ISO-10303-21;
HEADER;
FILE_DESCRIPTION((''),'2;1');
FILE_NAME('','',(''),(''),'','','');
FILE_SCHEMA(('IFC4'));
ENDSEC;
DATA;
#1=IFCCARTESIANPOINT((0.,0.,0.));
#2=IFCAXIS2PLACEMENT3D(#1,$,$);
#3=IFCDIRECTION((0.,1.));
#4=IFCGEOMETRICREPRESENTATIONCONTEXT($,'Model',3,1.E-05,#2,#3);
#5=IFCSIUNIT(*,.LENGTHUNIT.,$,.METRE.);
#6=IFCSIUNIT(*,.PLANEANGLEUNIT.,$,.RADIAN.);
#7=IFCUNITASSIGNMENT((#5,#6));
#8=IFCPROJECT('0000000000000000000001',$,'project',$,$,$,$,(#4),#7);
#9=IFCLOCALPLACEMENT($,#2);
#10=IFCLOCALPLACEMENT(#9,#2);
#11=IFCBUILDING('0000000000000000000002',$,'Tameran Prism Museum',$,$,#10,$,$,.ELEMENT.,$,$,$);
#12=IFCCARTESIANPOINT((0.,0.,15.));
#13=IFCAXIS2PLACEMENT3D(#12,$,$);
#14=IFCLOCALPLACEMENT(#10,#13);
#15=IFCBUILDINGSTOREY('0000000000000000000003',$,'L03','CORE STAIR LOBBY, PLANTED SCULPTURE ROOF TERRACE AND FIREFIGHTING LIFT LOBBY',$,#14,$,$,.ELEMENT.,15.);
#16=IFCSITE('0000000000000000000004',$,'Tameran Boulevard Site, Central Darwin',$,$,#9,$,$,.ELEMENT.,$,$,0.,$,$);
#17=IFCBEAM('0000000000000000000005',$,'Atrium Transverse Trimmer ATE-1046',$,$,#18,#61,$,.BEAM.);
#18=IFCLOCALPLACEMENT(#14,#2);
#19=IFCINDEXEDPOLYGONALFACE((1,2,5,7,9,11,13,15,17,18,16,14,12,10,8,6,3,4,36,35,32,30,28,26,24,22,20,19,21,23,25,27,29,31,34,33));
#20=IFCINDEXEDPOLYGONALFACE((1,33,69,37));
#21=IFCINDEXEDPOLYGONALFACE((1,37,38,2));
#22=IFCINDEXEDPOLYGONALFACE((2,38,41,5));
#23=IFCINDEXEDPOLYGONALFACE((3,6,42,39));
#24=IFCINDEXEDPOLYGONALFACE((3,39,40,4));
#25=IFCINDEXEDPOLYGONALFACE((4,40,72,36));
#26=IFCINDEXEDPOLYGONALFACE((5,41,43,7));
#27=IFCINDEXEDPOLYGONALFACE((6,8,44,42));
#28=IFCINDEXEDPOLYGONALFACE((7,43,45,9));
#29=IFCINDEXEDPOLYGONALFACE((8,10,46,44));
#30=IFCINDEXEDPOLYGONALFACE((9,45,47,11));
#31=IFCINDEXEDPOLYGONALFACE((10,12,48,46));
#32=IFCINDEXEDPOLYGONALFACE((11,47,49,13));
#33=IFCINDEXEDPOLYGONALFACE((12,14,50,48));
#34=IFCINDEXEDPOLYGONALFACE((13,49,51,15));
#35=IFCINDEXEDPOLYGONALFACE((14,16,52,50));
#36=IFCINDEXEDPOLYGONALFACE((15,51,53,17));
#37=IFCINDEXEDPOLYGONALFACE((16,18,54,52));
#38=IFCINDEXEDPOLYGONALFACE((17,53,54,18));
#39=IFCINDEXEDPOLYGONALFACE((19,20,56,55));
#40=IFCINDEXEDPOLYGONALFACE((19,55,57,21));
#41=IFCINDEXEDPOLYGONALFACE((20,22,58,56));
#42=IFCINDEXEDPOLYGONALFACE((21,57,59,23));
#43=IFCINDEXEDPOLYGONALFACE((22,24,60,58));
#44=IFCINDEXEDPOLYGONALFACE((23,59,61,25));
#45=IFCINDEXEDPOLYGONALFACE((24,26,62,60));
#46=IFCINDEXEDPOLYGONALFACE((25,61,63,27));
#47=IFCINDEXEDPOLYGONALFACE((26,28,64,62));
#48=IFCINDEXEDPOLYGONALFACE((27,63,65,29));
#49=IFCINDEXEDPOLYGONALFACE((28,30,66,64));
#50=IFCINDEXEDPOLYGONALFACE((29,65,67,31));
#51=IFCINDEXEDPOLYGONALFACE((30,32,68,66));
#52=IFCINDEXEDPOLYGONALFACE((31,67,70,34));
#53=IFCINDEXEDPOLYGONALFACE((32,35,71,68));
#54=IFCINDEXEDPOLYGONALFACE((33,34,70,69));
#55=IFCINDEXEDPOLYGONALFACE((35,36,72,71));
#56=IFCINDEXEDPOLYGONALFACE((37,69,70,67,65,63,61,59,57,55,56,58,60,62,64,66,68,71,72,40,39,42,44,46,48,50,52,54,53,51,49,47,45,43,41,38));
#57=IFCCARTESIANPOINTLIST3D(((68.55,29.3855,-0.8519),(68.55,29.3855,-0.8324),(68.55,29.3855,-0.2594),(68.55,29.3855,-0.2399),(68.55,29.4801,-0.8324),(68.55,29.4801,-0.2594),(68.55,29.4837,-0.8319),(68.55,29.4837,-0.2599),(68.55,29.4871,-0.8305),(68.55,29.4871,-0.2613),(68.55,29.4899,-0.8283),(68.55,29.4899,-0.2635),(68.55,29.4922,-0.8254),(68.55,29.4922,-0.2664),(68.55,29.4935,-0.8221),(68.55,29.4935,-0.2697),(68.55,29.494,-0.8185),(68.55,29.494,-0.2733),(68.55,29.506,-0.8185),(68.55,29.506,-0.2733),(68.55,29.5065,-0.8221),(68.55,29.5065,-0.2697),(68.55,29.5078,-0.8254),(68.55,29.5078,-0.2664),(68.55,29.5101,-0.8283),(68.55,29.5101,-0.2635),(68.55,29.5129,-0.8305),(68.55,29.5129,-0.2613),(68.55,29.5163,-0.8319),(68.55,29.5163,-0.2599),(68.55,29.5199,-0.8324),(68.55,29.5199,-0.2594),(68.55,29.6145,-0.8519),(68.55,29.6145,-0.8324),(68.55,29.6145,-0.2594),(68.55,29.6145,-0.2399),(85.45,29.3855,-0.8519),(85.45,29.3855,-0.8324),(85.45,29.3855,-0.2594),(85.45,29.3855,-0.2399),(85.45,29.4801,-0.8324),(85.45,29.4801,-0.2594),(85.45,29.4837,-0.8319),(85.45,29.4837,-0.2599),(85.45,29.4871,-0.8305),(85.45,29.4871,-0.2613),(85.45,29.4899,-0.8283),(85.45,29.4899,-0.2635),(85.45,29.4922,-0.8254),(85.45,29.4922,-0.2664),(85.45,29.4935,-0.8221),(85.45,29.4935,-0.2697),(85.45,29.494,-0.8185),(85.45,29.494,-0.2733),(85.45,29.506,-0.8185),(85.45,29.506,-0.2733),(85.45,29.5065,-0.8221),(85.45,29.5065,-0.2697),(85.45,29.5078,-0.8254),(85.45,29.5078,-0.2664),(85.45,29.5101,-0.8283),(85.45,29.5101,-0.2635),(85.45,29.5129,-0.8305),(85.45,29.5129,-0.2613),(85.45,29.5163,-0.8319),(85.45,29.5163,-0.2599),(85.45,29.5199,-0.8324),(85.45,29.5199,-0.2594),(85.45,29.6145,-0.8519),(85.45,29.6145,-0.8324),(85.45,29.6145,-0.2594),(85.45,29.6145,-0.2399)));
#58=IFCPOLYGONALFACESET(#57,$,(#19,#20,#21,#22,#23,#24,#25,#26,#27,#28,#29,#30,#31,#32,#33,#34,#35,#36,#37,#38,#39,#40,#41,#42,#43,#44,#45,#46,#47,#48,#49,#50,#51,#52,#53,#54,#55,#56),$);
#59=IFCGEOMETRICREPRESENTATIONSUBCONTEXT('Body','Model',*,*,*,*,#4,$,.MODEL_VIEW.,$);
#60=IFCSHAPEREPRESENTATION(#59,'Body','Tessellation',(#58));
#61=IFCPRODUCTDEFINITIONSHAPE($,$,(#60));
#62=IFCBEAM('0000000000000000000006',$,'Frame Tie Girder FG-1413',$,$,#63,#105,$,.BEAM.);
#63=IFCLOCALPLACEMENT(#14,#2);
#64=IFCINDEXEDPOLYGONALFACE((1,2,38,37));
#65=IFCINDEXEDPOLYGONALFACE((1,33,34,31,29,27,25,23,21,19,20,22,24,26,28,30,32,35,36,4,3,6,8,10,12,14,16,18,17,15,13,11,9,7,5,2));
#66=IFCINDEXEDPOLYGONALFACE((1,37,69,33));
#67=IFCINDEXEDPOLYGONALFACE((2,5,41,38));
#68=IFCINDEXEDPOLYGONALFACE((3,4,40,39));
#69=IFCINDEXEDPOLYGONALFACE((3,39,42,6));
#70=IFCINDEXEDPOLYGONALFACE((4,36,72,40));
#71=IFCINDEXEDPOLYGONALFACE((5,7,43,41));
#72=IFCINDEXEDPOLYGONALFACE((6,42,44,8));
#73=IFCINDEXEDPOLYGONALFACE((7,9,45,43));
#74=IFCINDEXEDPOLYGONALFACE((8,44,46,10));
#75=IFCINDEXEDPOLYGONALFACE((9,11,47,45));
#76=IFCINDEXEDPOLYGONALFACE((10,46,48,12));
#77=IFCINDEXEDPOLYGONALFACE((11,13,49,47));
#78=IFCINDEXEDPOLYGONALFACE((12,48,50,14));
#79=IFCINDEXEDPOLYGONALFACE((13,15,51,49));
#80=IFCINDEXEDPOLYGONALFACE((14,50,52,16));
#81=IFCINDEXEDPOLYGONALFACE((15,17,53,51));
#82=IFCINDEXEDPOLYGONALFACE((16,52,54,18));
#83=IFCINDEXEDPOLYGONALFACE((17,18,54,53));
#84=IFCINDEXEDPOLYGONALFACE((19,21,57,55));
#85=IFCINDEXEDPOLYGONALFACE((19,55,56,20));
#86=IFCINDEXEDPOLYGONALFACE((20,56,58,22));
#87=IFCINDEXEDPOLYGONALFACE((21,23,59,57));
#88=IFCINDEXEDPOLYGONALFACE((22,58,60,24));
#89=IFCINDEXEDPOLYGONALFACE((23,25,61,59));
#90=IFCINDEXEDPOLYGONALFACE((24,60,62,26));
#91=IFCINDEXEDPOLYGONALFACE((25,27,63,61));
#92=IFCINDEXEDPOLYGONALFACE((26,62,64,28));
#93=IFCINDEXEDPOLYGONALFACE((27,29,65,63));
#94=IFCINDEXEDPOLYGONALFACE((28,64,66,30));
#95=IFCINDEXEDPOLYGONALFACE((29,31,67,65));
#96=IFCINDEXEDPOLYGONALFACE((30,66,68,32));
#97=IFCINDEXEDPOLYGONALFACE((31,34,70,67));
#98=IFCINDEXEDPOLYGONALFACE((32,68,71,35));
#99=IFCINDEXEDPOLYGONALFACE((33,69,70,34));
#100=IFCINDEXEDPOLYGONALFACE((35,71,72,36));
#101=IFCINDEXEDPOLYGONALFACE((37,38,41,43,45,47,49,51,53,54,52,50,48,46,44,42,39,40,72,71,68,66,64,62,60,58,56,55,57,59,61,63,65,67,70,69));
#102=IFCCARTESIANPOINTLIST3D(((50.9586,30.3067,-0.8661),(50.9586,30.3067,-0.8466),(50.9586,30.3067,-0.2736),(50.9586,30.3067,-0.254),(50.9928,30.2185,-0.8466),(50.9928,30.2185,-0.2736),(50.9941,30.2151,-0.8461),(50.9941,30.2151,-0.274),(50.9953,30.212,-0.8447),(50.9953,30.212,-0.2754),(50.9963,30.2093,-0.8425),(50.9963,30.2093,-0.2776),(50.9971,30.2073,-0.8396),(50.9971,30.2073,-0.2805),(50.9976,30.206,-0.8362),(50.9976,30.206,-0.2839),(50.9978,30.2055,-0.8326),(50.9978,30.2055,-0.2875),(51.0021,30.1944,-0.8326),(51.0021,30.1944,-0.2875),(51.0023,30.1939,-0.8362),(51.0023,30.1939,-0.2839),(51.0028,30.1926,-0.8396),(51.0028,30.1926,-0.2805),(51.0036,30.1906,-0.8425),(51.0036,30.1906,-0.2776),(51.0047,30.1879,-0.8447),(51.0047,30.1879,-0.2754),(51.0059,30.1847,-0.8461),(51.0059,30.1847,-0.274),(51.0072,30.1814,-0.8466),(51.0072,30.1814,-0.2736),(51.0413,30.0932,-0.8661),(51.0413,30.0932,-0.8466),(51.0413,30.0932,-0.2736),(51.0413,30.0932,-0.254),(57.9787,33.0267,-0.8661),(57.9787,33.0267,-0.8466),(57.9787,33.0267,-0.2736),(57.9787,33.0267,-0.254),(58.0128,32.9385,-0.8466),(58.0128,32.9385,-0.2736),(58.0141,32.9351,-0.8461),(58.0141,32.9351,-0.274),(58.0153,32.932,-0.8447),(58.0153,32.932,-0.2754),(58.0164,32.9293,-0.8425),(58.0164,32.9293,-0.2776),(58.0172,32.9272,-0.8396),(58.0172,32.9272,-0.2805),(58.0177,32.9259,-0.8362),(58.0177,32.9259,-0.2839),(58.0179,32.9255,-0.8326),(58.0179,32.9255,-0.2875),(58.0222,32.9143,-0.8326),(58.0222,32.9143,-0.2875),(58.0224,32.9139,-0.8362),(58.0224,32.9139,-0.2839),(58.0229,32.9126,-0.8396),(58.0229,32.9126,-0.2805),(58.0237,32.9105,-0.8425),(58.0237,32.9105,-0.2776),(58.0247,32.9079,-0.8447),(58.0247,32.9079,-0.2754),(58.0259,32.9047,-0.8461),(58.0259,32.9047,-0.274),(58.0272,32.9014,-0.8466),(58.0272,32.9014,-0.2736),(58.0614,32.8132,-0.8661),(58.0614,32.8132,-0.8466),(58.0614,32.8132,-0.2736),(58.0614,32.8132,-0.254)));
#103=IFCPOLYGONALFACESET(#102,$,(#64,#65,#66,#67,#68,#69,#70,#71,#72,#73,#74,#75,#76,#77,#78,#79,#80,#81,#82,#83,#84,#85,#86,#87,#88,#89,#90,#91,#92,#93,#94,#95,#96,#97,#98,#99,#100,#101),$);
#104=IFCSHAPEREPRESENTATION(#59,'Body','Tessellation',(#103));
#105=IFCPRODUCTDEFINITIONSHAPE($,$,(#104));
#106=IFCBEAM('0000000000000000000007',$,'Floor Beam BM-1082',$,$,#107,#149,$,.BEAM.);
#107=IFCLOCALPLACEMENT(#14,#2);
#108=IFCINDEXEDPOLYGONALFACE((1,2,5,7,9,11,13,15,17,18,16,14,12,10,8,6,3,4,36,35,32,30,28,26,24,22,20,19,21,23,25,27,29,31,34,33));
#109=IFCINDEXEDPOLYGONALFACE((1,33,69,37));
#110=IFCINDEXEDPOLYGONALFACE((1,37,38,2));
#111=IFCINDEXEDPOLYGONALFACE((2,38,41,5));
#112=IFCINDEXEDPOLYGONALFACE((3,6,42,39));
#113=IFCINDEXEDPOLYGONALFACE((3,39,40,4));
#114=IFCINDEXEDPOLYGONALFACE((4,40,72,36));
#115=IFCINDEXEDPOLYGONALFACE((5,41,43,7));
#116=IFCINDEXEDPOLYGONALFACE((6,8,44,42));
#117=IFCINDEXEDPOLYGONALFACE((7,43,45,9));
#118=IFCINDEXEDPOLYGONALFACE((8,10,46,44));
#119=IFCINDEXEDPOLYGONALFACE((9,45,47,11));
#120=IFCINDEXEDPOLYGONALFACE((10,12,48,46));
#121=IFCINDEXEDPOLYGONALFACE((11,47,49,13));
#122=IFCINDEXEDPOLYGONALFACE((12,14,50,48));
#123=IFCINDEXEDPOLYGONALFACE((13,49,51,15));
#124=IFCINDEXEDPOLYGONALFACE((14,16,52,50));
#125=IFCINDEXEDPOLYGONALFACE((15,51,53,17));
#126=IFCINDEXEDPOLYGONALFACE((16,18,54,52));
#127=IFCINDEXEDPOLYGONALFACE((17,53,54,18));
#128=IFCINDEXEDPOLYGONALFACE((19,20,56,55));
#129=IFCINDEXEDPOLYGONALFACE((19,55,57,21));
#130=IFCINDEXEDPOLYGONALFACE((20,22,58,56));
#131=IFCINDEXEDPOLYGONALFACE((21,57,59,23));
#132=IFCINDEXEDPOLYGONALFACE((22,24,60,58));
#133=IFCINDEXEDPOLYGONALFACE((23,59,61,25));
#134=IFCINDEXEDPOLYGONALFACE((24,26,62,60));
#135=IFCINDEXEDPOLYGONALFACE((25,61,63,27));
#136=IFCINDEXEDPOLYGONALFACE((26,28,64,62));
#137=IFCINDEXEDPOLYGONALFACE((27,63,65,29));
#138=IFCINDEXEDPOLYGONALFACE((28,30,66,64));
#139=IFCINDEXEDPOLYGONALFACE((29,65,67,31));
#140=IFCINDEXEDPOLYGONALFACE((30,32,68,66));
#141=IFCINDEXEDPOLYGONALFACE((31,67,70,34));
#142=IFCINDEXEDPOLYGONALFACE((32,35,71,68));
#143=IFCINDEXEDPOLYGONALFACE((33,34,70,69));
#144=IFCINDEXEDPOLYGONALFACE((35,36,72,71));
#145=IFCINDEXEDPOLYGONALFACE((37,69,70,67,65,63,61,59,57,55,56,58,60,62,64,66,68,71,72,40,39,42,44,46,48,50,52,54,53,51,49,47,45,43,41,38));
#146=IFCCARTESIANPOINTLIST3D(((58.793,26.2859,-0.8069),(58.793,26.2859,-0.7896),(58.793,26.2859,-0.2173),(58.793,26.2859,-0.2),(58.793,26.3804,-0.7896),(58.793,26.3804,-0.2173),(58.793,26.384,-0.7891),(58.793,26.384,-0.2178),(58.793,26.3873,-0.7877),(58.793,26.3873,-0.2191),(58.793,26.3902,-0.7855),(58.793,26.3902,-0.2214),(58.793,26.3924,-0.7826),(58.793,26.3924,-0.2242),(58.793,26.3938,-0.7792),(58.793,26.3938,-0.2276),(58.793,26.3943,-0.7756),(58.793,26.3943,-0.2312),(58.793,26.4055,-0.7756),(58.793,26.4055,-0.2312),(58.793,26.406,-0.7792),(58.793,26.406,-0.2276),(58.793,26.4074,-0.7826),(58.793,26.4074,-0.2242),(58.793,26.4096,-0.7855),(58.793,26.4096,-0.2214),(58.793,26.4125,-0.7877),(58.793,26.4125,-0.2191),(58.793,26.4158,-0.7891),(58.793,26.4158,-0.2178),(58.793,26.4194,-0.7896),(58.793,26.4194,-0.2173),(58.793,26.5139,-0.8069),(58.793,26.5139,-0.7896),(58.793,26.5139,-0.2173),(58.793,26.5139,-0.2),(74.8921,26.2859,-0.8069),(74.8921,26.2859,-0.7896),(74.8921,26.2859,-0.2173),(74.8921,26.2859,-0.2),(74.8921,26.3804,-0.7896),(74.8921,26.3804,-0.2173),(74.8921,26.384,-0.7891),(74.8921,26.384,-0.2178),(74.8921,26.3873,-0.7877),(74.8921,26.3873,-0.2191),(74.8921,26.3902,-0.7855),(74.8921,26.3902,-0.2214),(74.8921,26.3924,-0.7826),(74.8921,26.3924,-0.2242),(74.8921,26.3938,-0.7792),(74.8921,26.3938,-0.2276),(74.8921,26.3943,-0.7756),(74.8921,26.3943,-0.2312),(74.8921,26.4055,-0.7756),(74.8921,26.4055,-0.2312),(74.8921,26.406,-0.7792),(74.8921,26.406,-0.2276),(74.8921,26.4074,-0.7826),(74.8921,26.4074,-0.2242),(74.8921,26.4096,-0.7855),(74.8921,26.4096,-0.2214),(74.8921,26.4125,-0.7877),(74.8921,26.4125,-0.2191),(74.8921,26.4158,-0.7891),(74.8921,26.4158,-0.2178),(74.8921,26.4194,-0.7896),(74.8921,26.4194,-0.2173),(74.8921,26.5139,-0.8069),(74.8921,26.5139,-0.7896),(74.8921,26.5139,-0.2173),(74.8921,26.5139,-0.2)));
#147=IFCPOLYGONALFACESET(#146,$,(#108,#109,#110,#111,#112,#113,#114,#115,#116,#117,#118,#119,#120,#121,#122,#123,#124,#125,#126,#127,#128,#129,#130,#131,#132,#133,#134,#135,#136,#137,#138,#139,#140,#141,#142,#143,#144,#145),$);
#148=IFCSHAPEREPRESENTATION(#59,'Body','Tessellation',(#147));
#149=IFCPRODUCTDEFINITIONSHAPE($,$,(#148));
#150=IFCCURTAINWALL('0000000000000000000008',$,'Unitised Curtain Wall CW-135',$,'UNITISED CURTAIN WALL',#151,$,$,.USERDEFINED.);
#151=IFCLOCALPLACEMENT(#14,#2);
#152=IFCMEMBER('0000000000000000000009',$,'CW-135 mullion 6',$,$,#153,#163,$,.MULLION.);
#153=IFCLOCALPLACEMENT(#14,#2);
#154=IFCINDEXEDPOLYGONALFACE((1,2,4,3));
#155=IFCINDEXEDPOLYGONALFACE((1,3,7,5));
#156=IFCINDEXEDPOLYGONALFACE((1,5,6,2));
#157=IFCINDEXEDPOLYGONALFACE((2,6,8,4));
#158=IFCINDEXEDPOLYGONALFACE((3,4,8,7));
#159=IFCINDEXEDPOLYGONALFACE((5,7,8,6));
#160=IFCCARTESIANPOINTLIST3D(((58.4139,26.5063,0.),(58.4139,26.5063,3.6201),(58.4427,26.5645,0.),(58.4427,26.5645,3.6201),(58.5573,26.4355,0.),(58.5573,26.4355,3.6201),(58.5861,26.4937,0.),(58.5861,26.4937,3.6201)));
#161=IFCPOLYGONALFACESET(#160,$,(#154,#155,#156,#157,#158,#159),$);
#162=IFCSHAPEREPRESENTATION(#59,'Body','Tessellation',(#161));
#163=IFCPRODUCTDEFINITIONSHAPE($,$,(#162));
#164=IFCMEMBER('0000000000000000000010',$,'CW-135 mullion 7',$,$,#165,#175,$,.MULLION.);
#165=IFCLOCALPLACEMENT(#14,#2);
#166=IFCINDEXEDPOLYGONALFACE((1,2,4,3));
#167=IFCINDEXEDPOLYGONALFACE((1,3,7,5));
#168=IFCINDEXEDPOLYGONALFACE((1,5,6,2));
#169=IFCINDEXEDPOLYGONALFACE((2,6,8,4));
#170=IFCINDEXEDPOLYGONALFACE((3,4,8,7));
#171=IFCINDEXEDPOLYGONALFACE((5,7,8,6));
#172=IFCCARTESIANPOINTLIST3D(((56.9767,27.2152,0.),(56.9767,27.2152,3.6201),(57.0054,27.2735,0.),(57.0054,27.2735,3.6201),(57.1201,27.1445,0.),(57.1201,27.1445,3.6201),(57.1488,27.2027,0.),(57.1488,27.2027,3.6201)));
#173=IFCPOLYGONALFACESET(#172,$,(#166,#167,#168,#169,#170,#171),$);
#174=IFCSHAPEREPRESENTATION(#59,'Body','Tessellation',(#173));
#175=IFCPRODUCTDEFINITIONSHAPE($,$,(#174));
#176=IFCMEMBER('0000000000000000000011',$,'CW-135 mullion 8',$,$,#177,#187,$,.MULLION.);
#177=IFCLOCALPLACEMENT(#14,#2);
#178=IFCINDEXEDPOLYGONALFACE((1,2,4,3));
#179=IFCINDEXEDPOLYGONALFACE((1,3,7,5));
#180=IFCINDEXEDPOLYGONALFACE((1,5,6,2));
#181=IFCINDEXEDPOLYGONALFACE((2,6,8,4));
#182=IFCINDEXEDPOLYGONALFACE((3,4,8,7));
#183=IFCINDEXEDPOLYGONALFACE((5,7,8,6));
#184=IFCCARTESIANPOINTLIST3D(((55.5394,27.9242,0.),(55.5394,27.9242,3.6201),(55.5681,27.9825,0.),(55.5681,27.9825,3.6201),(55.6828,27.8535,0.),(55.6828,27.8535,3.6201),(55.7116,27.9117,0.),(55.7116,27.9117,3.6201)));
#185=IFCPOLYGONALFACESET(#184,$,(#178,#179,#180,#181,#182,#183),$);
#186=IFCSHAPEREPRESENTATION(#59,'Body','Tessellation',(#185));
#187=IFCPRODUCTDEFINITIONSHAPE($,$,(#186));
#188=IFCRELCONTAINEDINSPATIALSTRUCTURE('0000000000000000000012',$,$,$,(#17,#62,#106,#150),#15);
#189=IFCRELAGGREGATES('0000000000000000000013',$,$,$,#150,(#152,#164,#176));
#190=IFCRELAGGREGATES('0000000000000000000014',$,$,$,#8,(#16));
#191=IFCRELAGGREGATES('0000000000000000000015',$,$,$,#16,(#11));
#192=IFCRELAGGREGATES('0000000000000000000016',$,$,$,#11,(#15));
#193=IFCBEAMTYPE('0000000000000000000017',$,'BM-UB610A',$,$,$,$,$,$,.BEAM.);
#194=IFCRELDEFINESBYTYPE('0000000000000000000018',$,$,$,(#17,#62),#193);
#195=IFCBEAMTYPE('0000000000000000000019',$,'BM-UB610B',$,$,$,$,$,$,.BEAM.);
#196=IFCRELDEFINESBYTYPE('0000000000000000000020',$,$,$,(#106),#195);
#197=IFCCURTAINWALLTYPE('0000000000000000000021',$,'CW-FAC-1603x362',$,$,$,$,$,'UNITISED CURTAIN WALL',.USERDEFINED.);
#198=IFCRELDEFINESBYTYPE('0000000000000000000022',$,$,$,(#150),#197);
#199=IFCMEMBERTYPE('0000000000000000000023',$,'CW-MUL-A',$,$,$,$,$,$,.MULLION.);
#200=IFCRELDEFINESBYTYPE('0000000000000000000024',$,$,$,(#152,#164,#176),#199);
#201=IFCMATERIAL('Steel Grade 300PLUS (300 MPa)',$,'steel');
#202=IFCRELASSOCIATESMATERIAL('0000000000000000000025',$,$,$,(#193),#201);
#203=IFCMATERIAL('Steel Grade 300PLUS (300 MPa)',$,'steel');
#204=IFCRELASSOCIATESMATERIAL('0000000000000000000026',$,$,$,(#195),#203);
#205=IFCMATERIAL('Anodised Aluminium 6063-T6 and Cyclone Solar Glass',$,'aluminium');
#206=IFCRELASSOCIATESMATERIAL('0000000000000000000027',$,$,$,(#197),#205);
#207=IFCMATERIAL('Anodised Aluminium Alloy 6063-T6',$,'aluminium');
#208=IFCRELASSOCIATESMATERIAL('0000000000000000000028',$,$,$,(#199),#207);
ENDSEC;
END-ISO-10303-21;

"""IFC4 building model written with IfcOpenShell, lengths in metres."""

from ifc_helpers import new_model, si_unit, direction, frame, origin, origin_2d, place, context, subcontext, project, spatial, rectangle, i_section, extrude, material, material_profile, profile_set, type_object, element, aggregate, save


model = new_model("IFC4")

# Units and contexts
model_context = context("Model", 3, precision=1e-05, world=origin(), true_north=direction((0.0, 1.0)))
body_context = subcontext(model_context, "Body", "Model", "MODEL_VIEW")
ifc_project = project(units=[si_unit("LENGTHUNIT", "METRE"), si_unit("PLANEANGLEUNIT", "RADIAN")], contexts=[model_context])

# Site, building, storey
site_placement = place(None, origin())
site = spatial("IfcSite", under=ifc_project, at=site_placement, Name="Tameran Boulevard Site, Central Darwin", CompositionType="ELEMENT", RefElevation=0.0)
building_placement = place(site_placement, origin())
building = spatial("IfcBuilding", under=site, at=building_placement, Name="Tameran Prism Museum", CompositionType="ELEMENT")
storey_placement = place(building_placement, frame((0.0, 0.0, 15.0)))
storey = spatial("IfcBuildingStorey", under=building, at=storey_placement, Name="L03", Description="CORE STAIR LOBBY, PLANTED SCULPTURE ROOF TERRACE AND FIREFIGHTING LIFT LOBBY", CompositionType="ELEMENT", Elevation=15.0)

# Beams
ifc_material_1 = material(Name="Steel Grade 300PLUS (300 MPa)", Category="steel")
ifc_material_profile_1 = material_profile(ifc_material_1, i_section(OverallWidth=0.229, OverallDepth=0.6121, WebThickness=0.012, FlangeThickness=0.0195, FilletRadius=0.0139, at=origin_2d()))
ifc_profile_set_1 = profile_set([ifc_material_profile_1])
beam_type_1 = type_object("IfcBeamType", Name="BM-UB610A", PredefinedType="BEAM", material=ifc_profile_set_1)
beam_1_placement = place(storey_placement, frame((68.55, 29.5, -0.5459), z_axis=(1.0, 0.0, 0.0), x_axis=(0.0, 1.0, 0.0)))
element("IfcBeam", 1, at=beam_1_placement, inside=storey, type_object=beam_type_1, Name="Atrium Transverse Trimmer ATE-1046", PredefinedType="BEAM", context=body_context, shape_type="SweptSolid", body=[
    extrude(i_section(OverallWidth=0.229, OverallDepth=0.6121, WebThickness=0.012, FlangeThickness=0.0195, FilletRadius=0.0139, at=origin_2d()), origin(), (0.0, 0.0, 1.0), 16.8999),
])
beam_2_placement = place(storey_placement, frame((58.02, 32.9199, -0.5601), z_axis=(-0.932454, -0.361288, 0.0), x_axis=(0.361288, -0.932454, 0.0)))
element("IfcBeam", 2, at=beam_2_placement, inside=storey, type_object=beam_type_1, Name="Frame Tie Girder FG-1413", PredefinedType="BEAM", context=body_context, shape_type="SweptSolid", body=[
    extrude(i_section(OverallWidth=0.229, OverallDepth=0.6121, WebThickness=0.012, FlangeThickness=0.0195, FilletRadius=0.0139, at=origin_2d()), origin(), (0.0, 0.0, 1.0), 7.5286),
])
ifc_material_2 = material(Name="Steel Grade 300PLUS (300 MPa)", Category="steel")
ifc_material_profile_2 = material_profile(ifc_material_2, i_section(OverallWidth=0.228, OverallDepth=0.6069, WebThickness=0.0112, FlangeThickness=0.0173, FilletRadius=0.0139, at=origin_2d()))
ifc_profile_set_2 = profile_set([ifc_material_profile_2])
beam_type_2 = type_object("IfcBeamType", Name="BM-UB610B", PredefinedType="BEAM", material=ifc_profile_set_2)
beam_3_placement = place(storey_placement, frame((58.793, 26.3999, -0.5034), z_axis=(1.0, 0.0, 0.0), x_axis=(0.0, 1.0, 0.0)))
element("IfcBeam", 3, at=beam_3_placement, inside=storey, type_object=beam_type_2, Name="Floor Beam BM-1082", PredefinedType="BEAM", context=body_context, shape_type="SweptSolid", body=[
    extrude(i_section(OverallWidth=0.228, OverallDepth=0.6069, WebThickness=0.0112, FlangeThickness=0.0173, FilletRadius=0.0139, at=origin_2d()), origin(), (0.0, 0.0, 1.0), 16.0991),
])

# Curtain wall, members
ifc_material_3 = material(Name="Anodised Aluminium 6063-T6 and Cyclone Solar Glass", Category="aluminium")
curtain_wall_type = type_object("IfcCurtainWallType", Name="CW-FAC-1603x362", ElementType="UNITISED CURTAIN WALL", PredefinedType="USERDEFINED", material=ifc_material_3)
curtain_wall_placement = place(storey_placement, origin())
curtain_wall = element("IfcCurtainWall", 4, at=curtain_wall_placement, inside=storey, type_object=curtain_wall_type, Name="Unitised Curtain Wall CW-135", ObjectType="UNITISED CURTAIN WALL", PredefinedType="USERDEFINED")
ifc_material_4 = material(Name="Anodised Aluminium Alloy 6063-T6", Category="aluminium")
ifc_material_profile_3 = material_profile(ifc_material_4, rectangle(XDim=0.0649, YDim=0.1599, at=origin_2d()))
ifc_profile_set_3 = profile_set([ifc_material_profile_3])
member_type_1 = type_object("IfcMemberType", Name="CW-MUL-A", PredefinedType="MULLION", material=ifc_profile_set_3)
member_1_placement = place(storey_placement, frame((58.5, 26.5, 0.0), z_axis=(0.0, 0.0, 1.0), x_axis=(-0.442415, -0.896811, 0.0)))
member_1 = element("IfcMember", 5, at=member_1_placement, type_object=member_type_1, Name="CW-135 mullion 6", PredefinedType="MULLION", context=body_context, shape_type="SweptSolid", body=[
    extrude(rectangle(XDim=0.0649, YDim=0.1599, at=origin_2d()), origin(), (0.0, 0.0, 1.0), 3.6201),
])
member_2_placement = place(storey_placement, frame((57.0627, 27.209, 0.0), z_axis=(0.0, 0.0, 1.0), x_axis=(-0.442415, -0.896811, 0.0)))
member_2 = element("IfcMember", 6, at=member_2_placement, type_object=member_type_1, Name="CW-135 mullion 7", PredefinedType="MULLION", context=body_context, shape_type="SweptSolid", body=[
    extrude(rectangle(XDim=0.0649, YDim=0.1599, at=origin_2d()), origin(), (0.0, 0.0, 1.0), 3.6201),
])
member_3_placement = place(storey_placement, frame((55.6255, 27.918, 0.0), z_axis=(0.0, 0.0, 1.0), x_axis=(-0.442415, -0.896811, 0.0)))
member_3 = element("IfcMember", 7, at=member_3_placement, type_object=member_type_1, Name="CW-135 mullion 8", PredefinedType="MULLION", context=body_context, shape_type="SweptSolid", body=[
    extrude(rectangle(XDim=0.0649, YDim=0.1599, at=origin_2d()), origin(), (0.0, 0.0, 1.0), 3.6201),
])
aggregate(curtain_wall, [member_1, member_2, member_3])

save(model, "model.ifc")
